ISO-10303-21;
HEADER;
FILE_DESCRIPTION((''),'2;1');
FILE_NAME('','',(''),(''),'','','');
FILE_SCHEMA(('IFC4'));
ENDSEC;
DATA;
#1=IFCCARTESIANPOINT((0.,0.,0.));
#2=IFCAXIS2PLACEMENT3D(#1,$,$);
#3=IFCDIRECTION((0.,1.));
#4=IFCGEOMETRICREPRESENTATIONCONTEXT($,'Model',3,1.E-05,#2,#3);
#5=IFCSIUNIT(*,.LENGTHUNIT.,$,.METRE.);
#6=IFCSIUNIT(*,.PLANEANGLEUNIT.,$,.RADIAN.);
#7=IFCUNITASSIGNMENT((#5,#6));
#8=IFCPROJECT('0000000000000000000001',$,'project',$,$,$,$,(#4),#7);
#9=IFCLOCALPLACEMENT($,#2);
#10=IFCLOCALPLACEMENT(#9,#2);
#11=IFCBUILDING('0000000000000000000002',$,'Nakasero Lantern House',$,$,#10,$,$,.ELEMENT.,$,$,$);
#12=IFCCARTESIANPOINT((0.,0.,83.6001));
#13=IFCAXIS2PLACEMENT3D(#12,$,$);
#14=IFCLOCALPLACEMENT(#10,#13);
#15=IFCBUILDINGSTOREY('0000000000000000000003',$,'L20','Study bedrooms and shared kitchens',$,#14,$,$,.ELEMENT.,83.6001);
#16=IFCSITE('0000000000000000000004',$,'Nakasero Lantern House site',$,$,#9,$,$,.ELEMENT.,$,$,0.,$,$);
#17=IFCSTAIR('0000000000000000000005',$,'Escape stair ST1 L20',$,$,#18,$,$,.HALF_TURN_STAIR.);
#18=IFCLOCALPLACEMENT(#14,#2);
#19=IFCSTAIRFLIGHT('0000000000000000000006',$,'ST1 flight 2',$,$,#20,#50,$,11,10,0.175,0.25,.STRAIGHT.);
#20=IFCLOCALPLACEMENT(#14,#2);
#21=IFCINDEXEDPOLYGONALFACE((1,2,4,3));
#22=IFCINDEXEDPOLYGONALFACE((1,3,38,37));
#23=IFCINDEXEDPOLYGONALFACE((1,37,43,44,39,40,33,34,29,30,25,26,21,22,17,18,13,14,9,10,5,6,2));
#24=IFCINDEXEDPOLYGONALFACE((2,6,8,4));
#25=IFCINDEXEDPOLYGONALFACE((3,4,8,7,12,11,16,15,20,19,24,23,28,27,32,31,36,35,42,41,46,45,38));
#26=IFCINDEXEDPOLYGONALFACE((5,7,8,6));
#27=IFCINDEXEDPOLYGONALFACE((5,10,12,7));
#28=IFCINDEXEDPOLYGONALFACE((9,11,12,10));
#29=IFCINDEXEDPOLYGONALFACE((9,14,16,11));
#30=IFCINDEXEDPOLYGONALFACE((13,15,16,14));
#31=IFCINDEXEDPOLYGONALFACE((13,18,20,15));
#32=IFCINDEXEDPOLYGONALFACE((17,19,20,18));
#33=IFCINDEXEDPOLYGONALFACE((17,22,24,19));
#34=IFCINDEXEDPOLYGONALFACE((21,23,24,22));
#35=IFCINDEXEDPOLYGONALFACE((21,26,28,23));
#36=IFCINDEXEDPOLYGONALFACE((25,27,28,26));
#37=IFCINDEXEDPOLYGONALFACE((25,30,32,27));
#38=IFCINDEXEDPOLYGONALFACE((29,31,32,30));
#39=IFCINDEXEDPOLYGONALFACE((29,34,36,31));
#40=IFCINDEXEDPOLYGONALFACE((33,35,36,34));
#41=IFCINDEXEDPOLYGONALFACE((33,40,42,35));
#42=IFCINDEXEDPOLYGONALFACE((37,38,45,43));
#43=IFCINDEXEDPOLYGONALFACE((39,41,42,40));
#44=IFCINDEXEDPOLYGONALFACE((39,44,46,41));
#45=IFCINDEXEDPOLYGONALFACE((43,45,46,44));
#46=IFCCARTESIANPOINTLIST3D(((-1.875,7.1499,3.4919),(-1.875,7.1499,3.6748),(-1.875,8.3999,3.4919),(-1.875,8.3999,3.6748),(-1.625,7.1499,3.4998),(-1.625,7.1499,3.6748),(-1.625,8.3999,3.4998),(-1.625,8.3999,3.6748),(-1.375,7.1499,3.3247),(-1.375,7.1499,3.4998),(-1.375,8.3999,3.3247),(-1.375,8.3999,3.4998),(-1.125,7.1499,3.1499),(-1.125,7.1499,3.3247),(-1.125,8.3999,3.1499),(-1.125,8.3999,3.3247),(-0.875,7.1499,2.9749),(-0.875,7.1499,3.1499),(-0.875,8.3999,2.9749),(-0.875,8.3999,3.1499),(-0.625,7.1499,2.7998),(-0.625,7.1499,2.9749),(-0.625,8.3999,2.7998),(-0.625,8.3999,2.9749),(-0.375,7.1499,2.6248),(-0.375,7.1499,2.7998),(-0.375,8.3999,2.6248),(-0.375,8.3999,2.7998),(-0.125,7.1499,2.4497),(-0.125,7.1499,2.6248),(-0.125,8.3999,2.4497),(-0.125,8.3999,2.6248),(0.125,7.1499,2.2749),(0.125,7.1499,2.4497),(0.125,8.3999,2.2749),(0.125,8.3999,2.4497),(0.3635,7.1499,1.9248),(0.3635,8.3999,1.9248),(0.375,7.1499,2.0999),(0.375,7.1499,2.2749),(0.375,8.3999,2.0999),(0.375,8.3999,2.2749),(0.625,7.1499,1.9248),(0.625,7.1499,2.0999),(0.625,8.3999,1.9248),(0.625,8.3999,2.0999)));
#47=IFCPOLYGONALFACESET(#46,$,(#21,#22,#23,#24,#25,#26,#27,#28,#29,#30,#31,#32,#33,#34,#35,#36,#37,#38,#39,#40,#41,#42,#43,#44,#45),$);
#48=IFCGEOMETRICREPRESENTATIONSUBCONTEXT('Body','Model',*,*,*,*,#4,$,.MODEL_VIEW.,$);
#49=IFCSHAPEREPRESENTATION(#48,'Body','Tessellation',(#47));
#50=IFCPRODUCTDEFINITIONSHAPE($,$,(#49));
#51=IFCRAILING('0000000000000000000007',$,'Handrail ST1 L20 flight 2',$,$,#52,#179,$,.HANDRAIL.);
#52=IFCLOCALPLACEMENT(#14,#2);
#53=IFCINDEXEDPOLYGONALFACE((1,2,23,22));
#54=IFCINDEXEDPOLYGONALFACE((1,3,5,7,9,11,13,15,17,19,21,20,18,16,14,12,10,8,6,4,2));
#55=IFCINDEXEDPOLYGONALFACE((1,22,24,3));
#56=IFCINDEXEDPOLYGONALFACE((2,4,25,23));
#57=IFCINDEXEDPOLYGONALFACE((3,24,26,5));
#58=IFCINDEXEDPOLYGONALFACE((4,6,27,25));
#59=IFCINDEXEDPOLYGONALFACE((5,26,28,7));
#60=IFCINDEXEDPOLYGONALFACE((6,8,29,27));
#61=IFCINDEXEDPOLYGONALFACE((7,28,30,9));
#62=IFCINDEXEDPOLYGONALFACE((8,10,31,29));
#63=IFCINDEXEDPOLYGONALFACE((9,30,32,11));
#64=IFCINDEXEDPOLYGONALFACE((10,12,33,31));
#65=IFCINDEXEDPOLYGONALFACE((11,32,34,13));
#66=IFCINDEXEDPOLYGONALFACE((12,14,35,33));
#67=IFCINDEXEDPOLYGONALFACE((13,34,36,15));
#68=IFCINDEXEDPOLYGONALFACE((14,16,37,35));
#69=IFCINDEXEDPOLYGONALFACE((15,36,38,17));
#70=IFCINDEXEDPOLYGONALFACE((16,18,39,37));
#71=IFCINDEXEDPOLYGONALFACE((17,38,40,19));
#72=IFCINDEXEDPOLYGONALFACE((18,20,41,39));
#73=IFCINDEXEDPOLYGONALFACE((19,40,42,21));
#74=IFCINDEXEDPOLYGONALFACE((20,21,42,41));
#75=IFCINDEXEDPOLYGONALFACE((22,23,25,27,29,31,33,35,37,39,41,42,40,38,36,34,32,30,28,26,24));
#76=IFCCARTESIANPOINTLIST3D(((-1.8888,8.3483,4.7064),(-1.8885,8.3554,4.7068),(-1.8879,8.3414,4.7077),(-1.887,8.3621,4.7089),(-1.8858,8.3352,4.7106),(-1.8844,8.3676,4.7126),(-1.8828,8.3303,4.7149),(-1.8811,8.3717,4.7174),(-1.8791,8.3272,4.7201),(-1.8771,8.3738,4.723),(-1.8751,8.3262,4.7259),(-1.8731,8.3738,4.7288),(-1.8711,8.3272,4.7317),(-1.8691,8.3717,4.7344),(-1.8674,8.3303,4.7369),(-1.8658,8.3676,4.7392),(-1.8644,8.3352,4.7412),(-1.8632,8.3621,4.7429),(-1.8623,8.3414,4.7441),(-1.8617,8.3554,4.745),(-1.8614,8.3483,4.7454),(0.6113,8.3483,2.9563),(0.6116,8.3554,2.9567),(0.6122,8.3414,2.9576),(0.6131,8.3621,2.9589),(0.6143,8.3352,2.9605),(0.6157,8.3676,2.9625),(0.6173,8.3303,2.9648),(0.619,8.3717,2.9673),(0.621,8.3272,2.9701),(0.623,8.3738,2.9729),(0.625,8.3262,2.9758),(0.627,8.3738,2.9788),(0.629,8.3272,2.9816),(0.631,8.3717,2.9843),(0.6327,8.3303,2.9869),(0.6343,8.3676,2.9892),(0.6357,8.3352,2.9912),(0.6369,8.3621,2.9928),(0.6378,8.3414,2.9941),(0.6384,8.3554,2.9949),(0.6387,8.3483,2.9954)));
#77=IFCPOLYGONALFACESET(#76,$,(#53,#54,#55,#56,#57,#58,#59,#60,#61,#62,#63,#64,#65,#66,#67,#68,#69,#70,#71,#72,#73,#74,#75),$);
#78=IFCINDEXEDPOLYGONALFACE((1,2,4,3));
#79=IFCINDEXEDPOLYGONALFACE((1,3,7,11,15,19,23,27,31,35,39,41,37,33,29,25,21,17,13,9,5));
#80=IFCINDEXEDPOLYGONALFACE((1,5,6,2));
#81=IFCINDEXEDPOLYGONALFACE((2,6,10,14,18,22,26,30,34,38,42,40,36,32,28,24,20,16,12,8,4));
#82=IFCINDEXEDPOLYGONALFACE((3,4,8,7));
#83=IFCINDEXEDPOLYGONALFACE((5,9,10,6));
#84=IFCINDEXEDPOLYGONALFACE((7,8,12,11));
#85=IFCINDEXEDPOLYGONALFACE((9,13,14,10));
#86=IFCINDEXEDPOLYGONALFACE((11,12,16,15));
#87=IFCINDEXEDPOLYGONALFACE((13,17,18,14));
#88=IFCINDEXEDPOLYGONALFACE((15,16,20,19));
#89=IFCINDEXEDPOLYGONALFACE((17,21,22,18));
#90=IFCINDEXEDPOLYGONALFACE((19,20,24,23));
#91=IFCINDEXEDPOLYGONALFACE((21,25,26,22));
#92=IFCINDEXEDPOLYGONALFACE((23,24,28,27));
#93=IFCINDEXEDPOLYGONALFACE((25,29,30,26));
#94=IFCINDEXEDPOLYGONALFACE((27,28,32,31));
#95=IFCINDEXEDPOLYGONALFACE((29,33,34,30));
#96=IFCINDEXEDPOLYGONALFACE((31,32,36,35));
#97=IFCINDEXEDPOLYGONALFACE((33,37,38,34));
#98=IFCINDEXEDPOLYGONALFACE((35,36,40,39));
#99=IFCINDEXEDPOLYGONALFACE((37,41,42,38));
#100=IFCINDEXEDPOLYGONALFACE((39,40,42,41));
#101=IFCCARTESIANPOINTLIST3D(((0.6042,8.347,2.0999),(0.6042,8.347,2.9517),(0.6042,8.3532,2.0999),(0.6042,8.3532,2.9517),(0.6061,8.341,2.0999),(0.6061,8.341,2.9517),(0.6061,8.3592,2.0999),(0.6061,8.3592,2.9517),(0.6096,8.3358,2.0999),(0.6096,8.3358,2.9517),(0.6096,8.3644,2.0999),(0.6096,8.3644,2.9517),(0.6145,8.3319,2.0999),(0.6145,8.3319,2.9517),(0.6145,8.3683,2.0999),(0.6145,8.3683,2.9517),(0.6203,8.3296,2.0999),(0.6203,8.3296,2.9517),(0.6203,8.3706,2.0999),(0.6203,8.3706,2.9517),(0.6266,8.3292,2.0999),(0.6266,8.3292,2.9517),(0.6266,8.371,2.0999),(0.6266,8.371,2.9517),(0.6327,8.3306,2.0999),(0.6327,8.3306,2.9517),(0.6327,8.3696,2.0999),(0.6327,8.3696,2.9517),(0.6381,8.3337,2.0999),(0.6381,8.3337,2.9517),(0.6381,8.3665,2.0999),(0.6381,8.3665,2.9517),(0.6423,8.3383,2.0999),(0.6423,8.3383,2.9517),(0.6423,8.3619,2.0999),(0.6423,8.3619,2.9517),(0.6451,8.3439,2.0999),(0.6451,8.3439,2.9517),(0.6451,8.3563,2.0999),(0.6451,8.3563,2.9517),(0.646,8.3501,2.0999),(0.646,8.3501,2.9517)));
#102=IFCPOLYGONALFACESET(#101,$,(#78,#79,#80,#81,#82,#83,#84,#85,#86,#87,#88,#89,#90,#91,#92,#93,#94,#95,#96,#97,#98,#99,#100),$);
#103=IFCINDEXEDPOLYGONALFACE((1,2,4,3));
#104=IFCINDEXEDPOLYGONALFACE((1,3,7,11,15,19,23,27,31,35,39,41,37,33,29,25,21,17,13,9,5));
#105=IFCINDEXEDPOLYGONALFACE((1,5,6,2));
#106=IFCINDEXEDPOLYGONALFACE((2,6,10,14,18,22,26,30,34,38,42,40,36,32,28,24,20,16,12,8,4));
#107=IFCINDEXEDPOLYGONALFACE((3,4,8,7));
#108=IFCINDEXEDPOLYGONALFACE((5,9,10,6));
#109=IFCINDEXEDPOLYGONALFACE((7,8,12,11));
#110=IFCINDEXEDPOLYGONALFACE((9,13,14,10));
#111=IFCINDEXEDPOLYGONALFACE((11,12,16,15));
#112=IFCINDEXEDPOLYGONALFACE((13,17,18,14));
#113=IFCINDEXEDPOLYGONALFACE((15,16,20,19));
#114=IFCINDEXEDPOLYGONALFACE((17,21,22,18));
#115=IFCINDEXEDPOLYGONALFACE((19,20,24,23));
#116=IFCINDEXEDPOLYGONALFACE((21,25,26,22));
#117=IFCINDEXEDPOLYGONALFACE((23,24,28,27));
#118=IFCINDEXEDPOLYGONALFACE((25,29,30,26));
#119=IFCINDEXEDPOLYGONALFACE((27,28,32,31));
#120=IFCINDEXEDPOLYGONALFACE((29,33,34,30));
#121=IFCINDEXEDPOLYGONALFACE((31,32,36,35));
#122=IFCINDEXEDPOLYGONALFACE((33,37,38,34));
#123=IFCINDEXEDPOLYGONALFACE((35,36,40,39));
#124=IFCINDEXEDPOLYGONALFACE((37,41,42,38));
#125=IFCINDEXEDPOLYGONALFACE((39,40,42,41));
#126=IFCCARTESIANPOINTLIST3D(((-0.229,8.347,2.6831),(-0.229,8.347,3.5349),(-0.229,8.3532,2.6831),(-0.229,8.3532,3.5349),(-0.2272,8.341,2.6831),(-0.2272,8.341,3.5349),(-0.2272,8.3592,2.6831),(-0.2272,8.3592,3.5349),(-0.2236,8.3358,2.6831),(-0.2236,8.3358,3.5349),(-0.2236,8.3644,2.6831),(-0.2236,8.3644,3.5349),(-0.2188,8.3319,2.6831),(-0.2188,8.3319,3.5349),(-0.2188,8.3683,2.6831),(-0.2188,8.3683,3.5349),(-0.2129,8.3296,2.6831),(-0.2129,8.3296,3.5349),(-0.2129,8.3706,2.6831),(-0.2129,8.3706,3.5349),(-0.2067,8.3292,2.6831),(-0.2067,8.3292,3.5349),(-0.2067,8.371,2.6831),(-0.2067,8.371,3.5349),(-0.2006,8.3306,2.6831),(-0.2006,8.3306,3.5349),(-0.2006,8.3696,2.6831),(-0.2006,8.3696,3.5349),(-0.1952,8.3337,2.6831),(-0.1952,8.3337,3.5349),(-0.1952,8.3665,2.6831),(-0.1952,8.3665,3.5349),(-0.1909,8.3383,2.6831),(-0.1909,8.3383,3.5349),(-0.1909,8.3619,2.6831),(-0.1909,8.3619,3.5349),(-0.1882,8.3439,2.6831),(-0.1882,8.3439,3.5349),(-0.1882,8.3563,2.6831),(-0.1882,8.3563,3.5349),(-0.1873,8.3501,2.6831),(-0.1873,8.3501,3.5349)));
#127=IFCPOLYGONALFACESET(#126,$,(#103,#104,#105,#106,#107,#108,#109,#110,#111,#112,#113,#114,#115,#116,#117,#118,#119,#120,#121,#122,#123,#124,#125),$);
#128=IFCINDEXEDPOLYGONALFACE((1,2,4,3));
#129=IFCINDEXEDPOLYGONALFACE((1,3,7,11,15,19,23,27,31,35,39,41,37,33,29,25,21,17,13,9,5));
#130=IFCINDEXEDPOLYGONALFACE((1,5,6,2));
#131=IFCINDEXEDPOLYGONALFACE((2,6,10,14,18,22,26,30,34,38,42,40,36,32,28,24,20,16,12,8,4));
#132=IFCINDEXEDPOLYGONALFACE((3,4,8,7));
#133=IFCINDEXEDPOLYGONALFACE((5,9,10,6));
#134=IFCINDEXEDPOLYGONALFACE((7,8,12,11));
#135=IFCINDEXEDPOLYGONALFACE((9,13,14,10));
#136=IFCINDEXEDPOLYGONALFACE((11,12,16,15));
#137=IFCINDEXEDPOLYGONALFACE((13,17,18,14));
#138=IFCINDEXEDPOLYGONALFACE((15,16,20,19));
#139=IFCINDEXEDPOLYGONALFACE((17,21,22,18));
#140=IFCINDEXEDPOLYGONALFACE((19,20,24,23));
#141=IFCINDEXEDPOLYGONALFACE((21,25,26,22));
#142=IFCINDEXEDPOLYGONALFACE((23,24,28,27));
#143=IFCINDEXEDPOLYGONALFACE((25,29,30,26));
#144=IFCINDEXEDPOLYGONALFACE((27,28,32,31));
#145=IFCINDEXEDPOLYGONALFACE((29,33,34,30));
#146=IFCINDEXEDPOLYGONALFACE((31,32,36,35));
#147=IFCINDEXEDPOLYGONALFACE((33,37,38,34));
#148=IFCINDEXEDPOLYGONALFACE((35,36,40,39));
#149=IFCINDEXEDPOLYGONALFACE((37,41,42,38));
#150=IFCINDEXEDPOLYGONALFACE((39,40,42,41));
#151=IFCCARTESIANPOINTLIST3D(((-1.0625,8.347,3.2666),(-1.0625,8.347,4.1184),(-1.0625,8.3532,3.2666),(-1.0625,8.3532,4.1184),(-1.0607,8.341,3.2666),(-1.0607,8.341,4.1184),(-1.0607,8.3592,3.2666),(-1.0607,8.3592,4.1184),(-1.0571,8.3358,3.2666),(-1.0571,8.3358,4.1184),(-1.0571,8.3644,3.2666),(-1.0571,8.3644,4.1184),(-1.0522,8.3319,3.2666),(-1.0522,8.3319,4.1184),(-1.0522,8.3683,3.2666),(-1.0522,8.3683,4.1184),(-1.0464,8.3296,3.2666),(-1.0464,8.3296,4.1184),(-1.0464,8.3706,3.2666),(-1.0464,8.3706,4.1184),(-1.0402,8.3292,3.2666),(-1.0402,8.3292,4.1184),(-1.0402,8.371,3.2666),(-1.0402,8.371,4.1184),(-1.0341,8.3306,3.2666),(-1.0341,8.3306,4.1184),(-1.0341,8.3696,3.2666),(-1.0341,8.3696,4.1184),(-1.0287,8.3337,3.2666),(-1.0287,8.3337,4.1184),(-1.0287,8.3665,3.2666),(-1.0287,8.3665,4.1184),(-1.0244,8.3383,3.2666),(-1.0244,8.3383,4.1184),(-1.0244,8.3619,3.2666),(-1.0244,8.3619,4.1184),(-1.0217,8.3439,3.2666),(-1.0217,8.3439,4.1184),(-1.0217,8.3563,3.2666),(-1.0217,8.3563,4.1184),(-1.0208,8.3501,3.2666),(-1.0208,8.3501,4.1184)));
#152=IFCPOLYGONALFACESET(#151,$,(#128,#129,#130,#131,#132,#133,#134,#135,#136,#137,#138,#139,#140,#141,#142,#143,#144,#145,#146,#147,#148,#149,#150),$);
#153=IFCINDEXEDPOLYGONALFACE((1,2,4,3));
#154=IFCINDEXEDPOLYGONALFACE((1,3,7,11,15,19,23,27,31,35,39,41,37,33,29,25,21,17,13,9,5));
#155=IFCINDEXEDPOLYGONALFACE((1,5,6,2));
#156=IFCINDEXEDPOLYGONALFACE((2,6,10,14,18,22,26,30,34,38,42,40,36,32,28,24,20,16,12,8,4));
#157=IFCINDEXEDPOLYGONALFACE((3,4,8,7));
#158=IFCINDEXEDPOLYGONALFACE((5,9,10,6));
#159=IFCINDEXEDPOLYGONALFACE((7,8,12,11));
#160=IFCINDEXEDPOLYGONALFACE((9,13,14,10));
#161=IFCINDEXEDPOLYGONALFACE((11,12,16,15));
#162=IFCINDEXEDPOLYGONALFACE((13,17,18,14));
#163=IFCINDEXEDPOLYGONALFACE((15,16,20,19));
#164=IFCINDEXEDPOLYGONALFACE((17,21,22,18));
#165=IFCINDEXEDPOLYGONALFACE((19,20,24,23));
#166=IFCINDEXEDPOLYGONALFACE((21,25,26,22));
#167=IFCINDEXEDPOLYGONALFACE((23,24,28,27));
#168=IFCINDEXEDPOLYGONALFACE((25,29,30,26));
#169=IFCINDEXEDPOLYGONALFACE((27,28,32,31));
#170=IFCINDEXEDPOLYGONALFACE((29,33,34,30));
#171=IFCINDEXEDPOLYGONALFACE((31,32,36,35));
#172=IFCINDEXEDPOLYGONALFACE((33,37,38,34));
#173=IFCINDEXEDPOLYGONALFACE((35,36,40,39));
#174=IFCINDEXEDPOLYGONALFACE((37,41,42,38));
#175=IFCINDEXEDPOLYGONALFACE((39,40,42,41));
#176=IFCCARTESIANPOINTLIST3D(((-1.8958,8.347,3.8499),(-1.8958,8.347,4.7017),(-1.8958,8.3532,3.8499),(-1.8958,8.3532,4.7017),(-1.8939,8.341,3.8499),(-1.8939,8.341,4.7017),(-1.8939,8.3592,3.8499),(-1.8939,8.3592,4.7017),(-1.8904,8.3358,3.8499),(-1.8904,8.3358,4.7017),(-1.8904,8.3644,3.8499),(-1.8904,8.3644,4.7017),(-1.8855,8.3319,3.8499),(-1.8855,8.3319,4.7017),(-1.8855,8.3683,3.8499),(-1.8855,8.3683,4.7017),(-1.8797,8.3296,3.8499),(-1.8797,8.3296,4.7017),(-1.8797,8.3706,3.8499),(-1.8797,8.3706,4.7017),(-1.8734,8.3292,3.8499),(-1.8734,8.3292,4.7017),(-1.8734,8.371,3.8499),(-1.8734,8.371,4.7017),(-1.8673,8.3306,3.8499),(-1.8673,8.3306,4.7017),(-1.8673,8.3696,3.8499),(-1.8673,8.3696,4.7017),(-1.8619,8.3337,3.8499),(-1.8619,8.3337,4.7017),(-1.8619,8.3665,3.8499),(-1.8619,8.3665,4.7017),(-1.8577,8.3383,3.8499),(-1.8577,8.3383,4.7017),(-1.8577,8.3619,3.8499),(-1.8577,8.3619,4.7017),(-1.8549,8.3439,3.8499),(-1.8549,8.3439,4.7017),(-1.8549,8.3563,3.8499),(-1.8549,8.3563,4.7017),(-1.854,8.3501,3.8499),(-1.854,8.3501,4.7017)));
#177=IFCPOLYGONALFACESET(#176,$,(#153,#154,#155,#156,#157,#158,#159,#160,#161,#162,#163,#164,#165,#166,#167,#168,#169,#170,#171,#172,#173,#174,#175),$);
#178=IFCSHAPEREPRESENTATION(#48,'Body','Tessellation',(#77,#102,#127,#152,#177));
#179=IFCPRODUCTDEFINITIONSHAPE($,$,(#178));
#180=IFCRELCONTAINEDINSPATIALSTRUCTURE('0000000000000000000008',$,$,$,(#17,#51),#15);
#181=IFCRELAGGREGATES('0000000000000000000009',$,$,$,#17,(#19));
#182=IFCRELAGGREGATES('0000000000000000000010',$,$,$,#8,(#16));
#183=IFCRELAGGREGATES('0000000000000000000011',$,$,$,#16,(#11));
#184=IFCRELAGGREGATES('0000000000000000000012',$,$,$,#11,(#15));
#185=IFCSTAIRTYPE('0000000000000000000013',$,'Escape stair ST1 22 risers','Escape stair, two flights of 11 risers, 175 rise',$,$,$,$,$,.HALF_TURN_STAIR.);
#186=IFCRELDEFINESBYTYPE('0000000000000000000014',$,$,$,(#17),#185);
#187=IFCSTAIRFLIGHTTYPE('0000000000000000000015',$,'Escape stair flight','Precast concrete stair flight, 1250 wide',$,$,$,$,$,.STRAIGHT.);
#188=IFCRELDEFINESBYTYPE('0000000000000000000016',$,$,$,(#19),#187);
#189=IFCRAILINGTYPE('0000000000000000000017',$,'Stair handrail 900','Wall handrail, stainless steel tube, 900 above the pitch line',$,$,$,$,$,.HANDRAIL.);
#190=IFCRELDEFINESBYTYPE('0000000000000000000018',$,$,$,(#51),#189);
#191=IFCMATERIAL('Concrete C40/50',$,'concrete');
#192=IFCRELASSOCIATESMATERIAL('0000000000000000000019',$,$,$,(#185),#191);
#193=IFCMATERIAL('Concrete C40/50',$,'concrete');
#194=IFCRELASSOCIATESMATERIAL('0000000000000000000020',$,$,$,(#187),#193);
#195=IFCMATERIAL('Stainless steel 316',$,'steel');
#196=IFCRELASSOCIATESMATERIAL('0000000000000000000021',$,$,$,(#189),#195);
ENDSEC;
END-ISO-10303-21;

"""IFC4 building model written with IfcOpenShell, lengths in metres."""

from ifc_helpers import new_model, si_unit, direction, frame, origin, origin_2d, place, context, subcontext, project, spatial, polyline, circle, outline, extrude, material, type_object, element, aggregate, save


model = new_model("IFC4")

# Units and contexts
model_context = context("Model", 3, precision=1e-05, world=origin(), true_north=direction((0.0, 1.0)))
body_context = subcontext(model_context, "Body", "Model", "MODEL_VIEW")
ifc_project = project(units=[si_unit("LENGTHUNIT", "METRE"), si_unit("PLANEANGLEUNIT", "RADIAN")], contexts=[model_context])

# Site, building, storey
site_placement = place(None, origin())
site = spatial("IfcSite", under=ifc_project, at=site_placement, Name="Nakasero Lantern House site", CompositionType="ELEMENT", RefElevation=0.0)
building_placement = place(site_placement, origin())
building = spatial("IfcBuilding", under=site, at=building_placement, Name="Nakasero Lantern House", CompositionType="ELEMENT")
storey_placement = place(building_placement, frame((0.0, 0.0, 83.6001)))
storey = spatial("IfcBuildingStorey", under=building, at=storey_placement, Name="L20", Description="Study bedrooms and shared kitchens", CompositionType="ELEMENT", Elevation=83.6001)

# Stair
ifc_material_1 = material(Name="Concrete C40/50", Category="concrete")
stair_type_1 = type_object("IfcStairType", Name="Escape stair ST1 22 risers", Description="Escape stair, two flights of 11 risers, 175 rise", PredefinedType="HALF_TURN_STAIR", material=ifc_material_1)
stair_1_placement = place(storey_placement, origin())
stair_1 = element("IfcStair", 1, at=stair_1_placement, inside=storey, type_object=stair_type_1, Name="Escape stair ST1 L20", PredefinedType="HALF_TURN_STAIR")

# Stair flight
ifc_material_2 = material(Name="Concrete C40/50", Category="concrete")
stair_flight_type = type_object("IfcStairFlightType", Name="Escape stair flight", Description="Precast concrete stair flight, 1250 wide", PredefinedType="STRAIGHT", material=ifc_material_2)
stair_flight_placement = place(storey_placement, frame((0.625, 7.7749, 1.9248), z_axis=(0.0, 0.0, 1.0), x_axis=(-1.0, 0.0, 0.0)))
stair_flight = element("IfcStairFlight", 2, at=stair_flight_placement, type_object=stair_flight_type, Name="ST1 flight 2", NumberOfRisers=11, NumberOfTreads=10, PredefinedType="STRAIGHT", RiserHeight=0.175, TreadLength=0.25, context=body_context, shape_type="SweptSolid", body=[
    extrude(outline(polyline([(0.0, 0.0), (0.0, 0.175), (0.25, 0.175), (0.25, 0.3501), (0.5, 0.3501), (0.5, 0.5249), (0.75, 0.5249), (0.75, 0.7), (1.0, 0.7), (1.0, 0.875), (1.25, 0.875), (1.25, 1.05), (1.5, 1.05), (1.5, 1.2251), (1.75, 1.2251), (1.75, 1.3999), (2.0, 1.3999), (2.0, 1.575), (2.25, 1.575), (2.25, 1.75), (2.5, 1.75), (2.5, 1.925), (2.5, 1.5671), (0.2615, 0.0), (0.0, 0.0)])), frame((0.0, 0.625, 0.0), z_axis=(0.0, -1.0, 0.0), x_axis=(1.0, 0.0, 0.0)), (0.0, 0.0, 1.0), 1.25),
])
aggregate(stair_1, [stair_flight])

# Railing
ifc_material_3 = material(Name="Stainless steel 316", Category="steel")
railing_type = type_object("IfcRailingType", Name="Stair handrail 900", Description="Wall handrail, stainless steel tube, 900 above the pitch line", PredefinedType="HANDRAIL", material=ifc_material_3)
railing_placement = place(storey_placement, frame((0.625, 8.3501, 2.0999)))
element("IfcRailing", 3, at=railing_placement, inside=storey, type_object=railing_type, Name="Handrail ST1 L20 flight 2", PredefinedType="HANDRAIL", context=body_context, shape_type="SweptSolid", body=[
    extrude(circle(Radius=0.0239, at=origin_2d()), frame((0.0, 0.0, 0.876), z_axis=(-0.819232, 0.0, 0.573462), x_axis=(0.0, -1.0, 0.0)), (0.0, 0.0, 1.0), 3.0518),
    extrude(circle(Radius=0.021, at=origin_2d()), origin(), (0.0, 0.0, 1.0), 0.8518),
    extrude(circle(Radius=0.021, at=origin_2d()), frame((-0.8333, 0.0, 0.5833)), (0.0, 0.0, 1.0), 0.8518),
    extrude(circle(Radius=0.021, at=origin_2d()), frame((-1.6667, 0.0, 1.1667)), (0.0, 0.0, 1.0), 0.8518),
    extrude(circle(Radius=0.021, at=origin_2d()), frame((-2.5, 0.0, 1.75)), (0.0, 0.0, 1.0), 0.8518),
])

save(model, "model.ifc")
